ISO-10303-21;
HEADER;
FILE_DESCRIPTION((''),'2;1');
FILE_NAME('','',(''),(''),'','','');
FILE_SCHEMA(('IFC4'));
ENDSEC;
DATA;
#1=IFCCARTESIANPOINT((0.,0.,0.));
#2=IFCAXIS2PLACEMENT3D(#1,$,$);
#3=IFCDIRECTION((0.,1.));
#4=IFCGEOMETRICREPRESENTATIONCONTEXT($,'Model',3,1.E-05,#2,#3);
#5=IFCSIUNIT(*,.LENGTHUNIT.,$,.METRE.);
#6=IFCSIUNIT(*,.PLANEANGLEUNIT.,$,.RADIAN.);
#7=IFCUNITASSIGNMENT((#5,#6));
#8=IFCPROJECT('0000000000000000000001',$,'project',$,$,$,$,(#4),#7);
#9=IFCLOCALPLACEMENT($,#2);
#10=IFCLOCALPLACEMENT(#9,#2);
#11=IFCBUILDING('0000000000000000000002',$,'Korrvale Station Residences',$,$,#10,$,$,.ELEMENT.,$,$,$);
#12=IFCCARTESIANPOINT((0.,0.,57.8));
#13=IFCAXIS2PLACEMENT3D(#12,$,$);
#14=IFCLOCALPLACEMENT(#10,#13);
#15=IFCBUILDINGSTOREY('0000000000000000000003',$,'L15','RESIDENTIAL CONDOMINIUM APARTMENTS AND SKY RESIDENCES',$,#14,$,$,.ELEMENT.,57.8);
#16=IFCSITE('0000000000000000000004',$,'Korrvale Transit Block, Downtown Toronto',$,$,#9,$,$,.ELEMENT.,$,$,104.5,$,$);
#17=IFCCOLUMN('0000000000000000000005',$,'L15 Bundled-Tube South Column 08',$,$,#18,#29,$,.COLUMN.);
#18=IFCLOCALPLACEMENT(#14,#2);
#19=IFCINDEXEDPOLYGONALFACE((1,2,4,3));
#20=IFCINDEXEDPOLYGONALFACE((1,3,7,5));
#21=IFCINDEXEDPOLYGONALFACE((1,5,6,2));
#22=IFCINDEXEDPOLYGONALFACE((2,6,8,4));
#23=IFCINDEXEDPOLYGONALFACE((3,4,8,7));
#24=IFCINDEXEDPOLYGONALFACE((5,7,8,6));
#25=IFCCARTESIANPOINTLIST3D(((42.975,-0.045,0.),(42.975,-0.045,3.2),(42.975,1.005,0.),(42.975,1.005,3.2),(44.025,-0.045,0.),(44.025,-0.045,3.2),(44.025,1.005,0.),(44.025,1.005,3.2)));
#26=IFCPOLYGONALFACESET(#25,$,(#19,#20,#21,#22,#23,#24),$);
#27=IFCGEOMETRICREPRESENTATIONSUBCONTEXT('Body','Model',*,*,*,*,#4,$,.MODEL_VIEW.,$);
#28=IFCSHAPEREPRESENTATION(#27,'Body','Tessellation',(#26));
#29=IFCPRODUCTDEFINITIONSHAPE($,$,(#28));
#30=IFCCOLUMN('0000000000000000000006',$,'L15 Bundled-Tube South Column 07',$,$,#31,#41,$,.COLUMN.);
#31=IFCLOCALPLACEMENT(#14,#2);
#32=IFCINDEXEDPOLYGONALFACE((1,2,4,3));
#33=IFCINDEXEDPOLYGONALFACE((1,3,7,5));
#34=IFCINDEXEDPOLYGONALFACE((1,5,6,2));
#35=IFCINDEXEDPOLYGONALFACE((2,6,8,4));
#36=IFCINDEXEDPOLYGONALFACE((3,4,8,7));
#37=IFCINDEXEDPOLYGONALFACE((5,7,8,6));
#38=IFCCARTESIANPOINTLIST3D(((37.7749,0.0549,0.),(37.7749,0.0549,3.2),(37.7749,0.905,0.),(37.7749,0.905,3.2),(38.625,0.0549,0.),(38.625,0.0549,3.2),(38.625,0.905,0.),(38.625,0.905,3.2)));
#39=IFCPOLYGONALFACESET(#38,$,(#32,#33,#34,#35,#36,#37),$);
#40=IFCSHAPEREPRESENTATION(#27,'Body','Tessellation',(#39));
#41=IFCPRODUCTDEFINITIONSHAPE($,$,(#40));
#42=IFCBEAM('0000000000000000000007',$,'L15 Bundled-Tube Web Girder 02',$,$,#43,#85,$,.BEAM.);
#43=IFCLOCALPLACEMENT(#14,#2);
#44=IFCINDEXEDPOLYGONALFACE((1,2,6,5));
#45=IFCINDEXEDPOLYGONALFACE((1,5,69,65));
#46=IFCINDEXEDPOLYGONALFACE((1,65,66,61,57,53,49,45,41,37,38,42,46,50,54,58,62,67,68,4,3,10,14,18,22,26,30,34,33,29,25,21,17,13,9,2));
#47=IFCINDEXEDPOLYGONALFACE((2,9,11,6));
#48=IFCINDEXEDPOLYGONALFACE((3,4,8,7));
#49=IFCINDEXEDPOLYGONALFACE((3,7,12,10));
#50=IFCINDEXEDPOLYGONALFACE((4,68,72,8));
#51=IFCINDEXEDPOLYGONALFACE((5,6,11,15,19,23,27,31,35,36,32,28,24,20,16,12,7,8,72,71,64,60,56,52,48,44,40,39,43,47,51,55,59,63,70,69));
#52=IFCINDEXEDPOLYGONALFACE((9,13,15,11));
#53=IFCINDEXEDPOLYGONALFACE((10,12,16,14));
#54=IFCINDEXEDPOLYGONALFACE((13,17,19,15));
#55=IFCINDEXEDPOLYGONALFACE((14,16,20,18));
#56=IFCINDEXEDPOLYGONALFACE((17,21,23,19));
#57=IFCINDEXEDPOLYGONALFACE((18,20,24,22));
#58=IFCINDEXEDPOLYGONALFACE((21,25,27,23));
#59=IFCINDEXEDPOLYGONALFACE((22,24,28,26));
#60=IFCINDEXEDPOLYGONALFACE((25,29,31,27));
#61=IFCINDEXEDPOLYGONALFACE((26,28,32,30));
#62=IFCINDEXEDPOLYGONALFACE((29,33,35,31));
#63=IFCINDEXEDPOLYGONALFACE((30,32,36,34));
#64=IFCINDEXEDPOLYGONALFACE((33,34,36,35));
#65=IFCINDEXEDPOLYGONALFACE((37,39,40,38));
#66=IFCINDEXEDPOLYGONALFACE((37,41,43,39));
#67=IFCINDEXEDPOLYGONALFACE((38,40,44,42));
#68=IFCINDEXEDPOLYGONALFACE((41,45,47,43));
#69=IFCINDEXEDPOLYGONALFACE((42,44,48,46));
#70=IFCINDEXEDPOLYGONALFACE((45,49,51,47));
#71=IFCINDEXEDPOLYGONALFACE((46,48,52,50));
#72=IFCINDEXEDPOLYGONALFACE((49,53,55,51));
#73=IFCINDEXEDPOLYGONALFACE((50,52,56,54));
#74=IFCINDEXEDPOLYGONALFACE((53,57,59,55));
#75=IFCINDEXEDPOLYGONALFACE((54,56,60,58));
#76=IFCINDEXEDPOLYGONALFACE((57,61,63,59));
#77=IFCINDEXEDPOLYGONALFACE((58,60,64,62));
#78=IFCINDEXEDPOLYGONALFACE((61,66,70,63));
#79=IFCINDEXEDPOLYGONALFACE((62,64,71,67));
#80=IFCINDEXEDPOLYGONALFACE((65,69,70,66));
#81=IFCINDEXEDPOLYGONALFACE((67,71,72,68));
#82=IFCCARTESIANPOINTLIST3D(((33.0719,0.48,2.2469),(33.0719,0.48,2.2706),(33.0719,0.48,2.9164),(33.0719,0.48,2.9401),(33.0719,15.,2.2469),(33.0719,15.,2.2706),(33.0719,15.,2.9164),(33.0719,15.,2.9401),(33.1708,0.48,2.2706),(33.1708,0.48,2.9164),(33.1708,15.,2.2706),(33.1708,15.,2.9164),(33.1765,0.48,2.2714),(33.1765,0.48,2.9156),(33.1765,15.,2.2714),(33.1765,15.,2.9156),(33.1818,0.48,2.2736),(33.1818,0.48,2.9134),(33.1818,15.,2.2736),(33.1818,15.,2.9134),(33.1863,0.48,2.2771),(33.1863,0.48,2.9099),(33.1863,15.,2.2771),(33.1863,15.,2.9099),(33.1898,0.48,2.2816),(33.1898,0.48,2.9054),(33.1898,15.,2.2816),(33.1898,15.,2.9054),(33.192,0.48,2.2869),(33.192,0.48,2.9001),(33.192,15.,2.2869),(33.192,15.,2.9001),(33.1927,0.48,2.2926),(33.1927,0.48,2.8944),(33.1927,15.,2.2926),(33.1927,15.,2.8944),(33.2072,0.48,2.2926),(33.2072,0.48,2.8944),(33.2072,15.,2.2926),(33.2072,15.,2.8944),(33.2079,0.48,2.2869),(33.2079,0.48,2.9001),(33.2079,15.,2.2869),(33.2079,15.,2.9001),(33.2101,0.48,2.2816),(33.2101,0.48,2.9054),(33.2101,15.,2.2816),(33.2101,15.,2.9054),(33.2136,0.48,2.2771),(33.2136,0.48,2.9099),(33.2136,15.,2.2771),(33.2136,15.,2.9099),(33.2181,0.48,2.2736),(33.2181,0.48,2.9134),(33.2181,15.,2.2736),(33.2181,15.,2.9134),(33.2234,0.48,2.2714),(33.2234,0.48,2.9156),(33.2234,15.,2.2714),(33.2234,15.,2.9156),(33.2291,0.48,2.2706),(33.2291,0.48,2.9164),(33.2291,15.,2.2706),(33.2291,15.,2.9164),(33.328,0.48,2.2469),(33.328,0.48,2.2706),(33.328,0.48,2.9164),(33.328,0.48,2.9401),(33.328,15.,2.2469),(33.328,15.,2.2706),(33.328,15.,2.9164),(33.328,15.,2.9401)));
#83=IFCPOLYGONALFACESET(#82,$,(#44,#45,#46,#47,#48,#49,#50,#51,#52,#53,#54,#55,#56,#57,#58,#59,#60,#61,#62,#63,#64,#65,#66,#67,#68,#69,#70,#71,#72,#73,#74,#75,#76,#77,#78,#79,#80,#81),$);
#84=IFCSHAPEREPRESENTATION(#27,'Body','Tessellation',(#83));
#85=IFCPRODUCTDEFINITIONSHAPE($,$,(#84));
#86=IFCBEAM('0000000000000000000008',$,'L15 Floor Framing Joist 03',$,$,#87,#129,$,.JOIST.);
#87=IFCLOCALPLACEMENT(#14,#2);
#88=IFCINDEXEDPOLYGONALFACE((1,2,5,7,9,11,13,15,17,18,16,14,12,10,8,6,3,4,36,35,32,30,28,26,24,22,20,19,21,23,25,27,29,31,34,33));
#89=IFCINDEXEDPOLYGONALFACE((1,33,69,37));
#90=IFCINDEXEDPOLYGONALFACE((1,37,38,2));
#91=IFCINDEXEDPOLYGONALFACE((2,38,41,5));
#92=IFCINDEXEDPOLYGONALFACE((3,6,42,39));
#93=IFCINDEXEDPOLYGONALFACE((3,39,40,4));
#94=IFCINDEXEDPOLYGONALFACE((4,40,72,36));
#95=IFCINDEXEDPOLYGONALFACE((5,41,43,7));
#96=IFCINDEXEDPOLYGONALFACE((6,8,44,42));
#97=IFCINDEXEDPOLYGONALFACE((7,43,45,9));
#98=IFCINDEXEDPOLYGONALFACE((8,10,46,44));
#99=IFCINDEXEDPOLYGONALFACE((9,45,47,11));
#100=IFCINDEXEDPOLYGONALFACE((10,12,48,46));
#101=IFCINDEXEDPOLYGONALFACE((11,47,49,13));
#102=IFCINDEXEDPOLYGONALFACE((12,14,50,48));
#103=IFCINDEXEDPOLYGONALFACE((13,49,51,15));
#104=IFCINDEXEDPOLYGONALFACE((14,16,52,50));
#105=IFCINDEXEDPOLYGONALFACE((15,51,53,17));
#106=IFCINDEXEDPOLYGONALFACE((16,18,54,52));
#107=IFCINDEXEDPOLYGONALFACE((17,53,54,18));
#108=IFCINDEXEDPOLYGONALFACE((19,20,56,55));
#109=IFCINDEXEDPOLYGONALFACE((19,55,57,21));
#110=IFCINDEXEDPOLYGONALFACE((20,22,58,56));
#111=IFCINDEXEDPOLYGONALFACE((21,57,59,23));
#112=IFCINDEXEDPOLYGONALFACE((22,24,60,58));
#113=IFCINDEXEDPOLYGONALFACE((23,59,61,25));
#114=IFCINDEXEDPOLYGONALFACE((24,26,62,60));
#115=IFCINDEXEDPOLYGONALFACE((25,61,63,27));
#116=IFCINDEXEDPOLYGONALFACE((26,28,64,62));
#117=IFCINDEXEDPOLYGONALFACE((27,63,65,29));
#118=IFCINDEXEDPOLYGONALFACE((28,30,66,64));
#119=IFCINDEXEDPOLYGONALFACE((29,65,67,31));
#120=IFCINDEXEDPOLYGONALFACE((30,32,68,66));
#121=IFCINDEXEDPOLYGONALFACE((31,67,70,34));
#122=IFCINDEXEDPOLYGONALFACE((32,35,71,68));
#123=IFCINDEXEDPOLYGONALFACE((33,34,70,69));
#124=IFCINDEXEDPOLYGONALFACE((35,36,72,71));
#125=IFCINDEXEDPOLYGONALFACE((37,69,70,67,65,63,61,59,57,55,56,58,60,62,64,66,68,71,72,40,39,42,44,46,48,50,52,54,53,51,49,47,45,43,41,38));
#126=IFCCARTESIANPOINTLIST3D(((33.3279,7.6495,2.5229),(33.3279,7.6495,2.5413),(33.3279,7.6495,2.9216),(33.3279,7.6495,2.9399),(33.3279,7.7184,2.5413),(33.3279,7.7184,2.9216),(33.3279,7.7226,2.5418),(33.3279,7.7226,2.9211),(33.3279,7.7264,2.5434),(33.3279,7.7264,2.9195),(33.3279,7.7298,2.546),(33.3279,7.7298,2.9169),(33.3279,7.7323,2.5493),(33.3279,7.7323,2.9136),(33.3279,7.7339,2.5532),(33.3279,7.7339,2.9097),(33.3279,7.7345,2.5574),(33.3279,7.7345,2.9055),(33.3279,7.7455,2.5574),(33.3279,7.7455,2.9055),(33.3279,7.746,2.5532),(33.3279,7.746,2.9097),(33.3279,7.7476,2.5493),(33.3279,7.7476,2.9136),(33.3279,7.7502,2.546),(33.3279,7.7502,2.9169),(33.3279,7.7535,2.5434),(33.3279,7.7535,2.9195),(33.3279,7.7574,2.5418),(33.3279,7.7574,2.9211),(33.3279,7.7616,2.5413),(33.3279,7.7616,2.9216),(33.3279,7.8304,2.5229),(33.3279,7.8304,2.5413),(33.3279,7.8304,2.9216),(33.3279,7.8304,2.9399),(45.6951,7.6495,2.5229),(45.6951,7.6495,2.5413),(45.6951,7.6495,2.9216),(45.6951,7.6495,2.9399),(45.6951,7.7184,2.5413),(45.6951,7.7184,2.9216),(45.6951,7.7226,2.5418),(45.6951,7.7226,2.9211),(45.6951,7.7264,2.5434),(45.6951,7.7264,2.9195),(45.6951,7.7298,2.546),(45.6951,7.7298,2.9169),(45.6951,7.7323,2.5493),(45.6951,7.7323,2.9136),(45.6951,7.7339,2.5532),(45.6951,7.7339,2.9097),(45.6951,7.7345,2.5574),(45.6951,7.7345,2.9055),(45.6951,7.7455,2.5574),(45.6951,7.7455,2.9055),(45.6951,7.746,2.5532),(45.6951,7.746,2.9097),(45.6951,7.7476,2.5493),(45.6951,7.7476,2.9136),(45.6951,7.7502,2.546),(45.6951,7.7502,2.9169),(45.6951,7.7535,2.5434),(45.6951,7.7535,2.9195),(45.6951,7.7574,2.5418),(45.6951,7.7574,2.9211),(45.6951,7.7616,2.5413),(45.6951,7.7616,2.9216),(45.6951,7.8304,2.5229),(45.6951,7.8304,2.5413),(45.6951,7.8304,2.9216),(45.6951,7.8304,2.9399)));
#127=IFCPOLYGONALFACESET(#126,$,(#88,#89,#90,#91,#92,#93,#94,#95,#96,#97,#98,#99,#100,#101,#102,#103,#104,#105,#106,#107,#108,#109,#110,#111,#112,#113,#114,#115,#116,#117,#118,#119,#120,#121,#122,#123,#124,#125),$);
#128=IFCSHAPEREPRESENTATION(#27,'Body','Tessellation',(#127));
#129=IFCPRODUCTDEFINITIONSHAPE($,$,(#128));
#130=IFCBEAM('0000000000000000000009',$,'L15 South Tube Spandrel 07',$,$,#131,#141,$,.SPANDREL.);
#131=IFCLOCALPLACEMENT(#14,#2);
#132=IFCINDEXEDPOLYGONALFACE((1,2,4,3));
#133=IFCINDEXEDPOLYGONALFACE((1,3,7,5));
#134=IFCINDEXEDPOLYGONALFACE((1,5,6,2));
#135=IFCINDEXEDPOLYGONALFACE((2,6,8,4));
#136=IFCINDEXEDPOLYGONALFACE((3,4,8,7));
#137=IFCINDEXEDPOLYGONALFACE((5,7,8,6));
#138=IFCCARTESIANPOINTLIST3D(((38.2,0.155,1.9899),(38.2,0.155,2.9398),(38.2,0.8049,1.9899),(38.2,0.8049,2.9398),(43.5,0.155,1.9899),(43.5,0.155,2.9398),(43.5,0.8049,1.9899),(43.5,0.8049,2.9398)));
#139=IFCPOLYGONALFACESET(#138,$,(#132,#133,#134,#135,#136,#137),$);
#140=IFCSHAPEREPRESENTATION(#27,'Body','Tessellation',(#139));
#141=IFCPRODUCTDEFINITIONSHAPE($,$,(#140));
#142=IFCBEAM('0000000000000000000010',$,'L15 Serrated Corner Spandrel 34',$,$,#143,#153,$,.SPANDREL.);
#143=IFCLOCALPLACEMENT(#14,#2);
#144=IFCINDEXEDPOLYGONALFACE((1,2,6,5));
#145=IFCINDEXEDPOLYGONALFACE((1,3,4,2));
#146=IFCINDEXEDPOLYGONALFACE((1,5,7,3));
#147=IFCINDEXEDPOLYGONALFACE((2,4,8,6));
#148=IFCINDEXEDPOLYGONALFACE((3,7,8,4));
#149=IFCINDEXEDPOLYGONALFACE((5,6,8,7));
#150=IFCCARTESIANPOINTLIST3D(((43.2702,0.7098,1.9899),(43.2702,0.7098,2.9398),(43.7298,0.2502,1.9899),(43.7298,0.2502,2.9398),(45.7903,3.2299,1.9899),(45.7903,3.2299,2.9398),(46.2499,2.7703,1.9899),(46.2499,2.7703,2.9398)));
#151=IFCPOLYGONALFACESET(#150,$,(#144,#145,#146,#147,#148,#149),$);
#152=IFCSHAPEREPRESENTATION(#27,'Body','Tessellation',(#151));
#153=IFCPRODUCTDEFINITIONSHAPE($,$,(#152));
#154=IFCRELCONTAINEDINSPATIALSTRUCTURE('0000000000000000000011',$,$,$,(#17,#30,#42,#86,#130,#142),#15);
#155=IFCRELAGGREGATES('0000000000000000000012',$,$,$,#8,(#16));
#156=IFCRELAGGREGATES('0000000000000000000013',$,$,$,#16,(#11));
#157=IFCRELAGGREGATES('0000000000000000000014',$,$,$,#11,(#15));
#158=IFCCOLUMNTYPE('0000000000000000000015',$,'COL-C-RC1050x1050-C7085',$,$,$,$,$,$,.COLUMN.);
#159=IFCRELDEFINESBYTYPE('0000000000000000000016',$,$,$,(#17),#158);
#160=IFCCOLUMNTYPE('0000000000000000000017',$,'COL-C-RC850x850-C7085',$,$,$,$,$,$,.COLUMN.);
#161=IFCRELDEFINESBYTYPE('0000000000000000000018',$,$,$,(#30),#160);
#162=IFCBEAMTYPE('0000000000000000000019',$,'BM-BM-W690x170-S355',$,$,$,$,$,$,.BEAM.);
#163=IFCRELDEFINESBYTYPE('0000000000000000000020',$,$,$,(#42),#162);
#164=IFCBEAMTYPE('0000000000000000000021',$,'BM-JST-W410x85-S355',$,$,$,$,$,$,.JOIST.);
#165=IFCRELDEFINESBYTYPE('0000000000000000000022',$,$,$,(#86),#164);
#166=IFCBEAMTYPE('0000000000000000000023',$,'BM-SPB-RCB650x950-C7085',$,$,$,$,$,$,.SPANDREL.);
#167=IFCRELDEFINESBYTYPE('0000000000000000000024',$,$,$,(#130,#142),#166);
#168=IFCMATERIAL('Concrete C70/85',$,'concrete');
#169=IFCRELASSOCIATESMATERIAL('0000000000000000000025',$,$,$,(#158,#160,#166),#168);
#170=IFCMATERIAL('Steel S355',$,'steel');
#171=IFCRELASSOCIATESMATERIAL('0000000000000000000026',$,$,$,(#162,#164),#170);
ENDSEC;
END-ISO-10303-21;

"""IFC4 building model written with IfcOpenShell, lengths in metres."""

from ifc_helpers import new_model, si_unit, direction, frame, origin, origin_2d, place, context, subcontext, project, spatial, rectangle, i_section, extrude, material, material_profile, profile_set, type_object, element, save


model = new_model("IFC4")

# Units and contexts
model_context = context("Model", 3, precision=1e-05, world=origin(), true_north=direction((0.0, 1.0)))
body_context = subcontext(model_context, "Body", "Model", "MODEL_VIEW")
ifc_project = project(units=[si_unit("LENGTHUNIT", "METRE"), si_unit("PLANEANGLEUNIT", "RADIAN")], contexts=[model_context])

# Site, building, storey
site_placement = place(None, origin())
site = spatial("IfcSite", under=ifc_project, at=site_placement, Name="Korrvale Transit Block, Downtown Toronto", CompositionType="ELEMENT", RefElevation=104.5)
building_placement = place(site_placement, origin())
building = spatial("IfcBuilding", under=site, at=building_placement, Name="Korrvale Station Residences", CompositionType="ELEMENT")
storey_placement = place(building_placement, frame((0.0, 0.0, 57.8)))
storey = spatial("IfcBuildingStorey", under=building, at=storey_placement, Name="L15", Description="RESIDENTIAL CONDOMINIUM APARTMENTS AND SKY RESIDENCES", CompositionType="ELEMENT", Elevation=57.8)

# Columns
ifc_material_1 = material(Name="Concrete C70/85", Category="concrete")
ifc_material_profile_1 = material_profile(ifc_material_1, rectangle(XDim=1.05, YDim=1.05, at=origin_2d()), Name="RC1050x1050")
ifc_profile_set_1 = profile_set([ifc_material_profile_1], Name="Concrete C70/85")
column_type_1 = type_object("IfcColumnType", Name="COL-C-RC1050x1050-C7085", PredefinedType="COLUMN", material=ifc_profile_set_1)
column_1_placement = place(storey_placement, frame((43.5, 0.48, 0.0), z_axis=(0.0, 0.0, 1.0), x_axis=(1.0, 0.0, 0.0)))
element("IfcColumn", 1, at=column_1_placement, inside=storey, type_object=column_type_1, Name="L15 Bundled-Tube South Column 08", PredefinedType="COLUMN", context=body_context, shape_type="SweptSolid", body=[
    extrude(rectangle(XDim=1.05, YDim=1.05, at=origin_2d()), origin(), (0.0, 0.0, 1.0), 3.2),
])
ifc_material_profile_2 = material_profile(ifc_material_1, rectangle(XDim=0.8501, YDim=0.8501, at=origin_2d()), Name="RC850x850")
ifc_profile_set_2 = profile_set([ifc_material_profile_2], Name="Concrete C70/85")
column_type_2 = type_object("IfcColumnType", Name="COL-C-RC850x850-C7085", PredefinedType="COLUMN", material=ifc_profile_set_2)
column_2_placement = place(storey_placement, frame((38.2, 0.48, 0.0), z_axis=(0.0, 0.0, 1.0), x_axis=(1.0, 0.0, 0.0)))
element("IfcColumn", 2, at=column_2_placement, inside=storey, type_object=column_type_2, Name="L15 Bundled-Tube South Column 07", PredefinedType="COLUMN", context=body_context, shape_type="SweptSolid", body=[
    extrude(rectangle(XDim=0.8501, YDim=0.8501, at=origin_2d()), origin(), (0.0, 0.0, 1.0), 3.2),
])

# Beams
ifc_material_2 = material(Name="Steel S355", Category="steel")
ifc_material_profile_3 = material_profile(ifc_material_2, i_section(OverallWidth=0.2561, OverallDepth=0.6931, WebThickness=0.0144, FlangeThickness=0.0237, FilletRadius=0.022, at=origin_2d()), Name="W690x170")
ifc_profile_set_3 = profile_set([ifc_material_profile_3], Name="Steel S355")
beam_type_1 = type_object("IfcBeamType", Name="BM-BM-W690x170-S355", PredefinedType="BEAM", material=ifc_profile_set_3)
beam_1_placement = place(storey_placement, frame((33.2, 0.48, 2.5935), z_axis=(0.0, 1.0, 0.0), x_axis=(-1.0, 0.0, 0.0)))
element("IfcBeam", 3, at=beam_1_placement, inside=storey, type_object=beam_type_1, Name="L15 Bundled-Tube Web Girder 02", PredefinedType="BEAM", context=body_context, shape_type="SweptSolid", body=[
    extrude(i_section(OverallWidth=0.2561, OverallDepth=0.6931, WebThickness=0.0144, FlangeThickness=0.0237, FilletRadius=0.022, at=origin_2d()), origin(), (0.0, 0.0, 1.0), 14.52),
])
ifc_material_profile_4 = material_profile(ifc_material_2, i_section(OverallWidth=0.1809, OverallDepth=0.417, WebThickness=0.011, FlangeThickness=0.0183, FilletRadius=0.0161, at=origin_2d()), Name="W410x85")
ifc_profile_set_4 = profile_set([ifc_material_profile_4], Name="Steel S355")
beam_type_2 = type_object("IfcBeamType", Name="BM-JST-W410x85-S355", PredefinedType="JOIST", material=ifc_profile_set_4)
beam_2_placement = place(storey_placement, frame((33.3279, 7.74, 2.7314), z_axis=(1.0, 0.0, 0.0), x_axis=(0.0, 1.0, 0.0)))
element("IfcBeam", 4, at=beam_2_placement, inside=storey, type_object=beam_type_2, Name="L15 Floor Framing Joist 03", PredefinedType="JOIST", context=body_context, shape_type="SweptSolid", body=[
    extrude(i_section(OverallWidth=0.1809, OverallDepth=0.417, WebThickness=0.011, FlangeThickness=0.0183, FilletRadius=0.0161, at=origin_2d()), origin(), (0.0, 0.0, 1.0), 12.3672),
])
ifc_material_profile_5 = material_profile(ifc_material_1, rectangle(XDim=0.6499, YDim=0.95, at=origin_2d()), Name="RCB650x950")
ifc_profile_set_5 = profile_set([ifc_material_profile_5], Name="Concrete C70/85")
beam_type_3 = type_object("IfcBeamType", Name="BM-SPB-RCB650x950-C7085", PredefinedType="SPANDREL", material=ifc_profile_set_5)
beam_3_placement = place(storey_placement, frame((38.2, 0.48, 2.4648), z_axis=(1.0, 0.0, 0.0), x_axis=(0.0, 1.0, 0.0)))
element("IfcBeam", 5, at=beam_3_placement, inside=storey, type_object=beam_type_3, Name="L15 South Tube Spandrel 07", PredefinedType="SPANDREL", context=body_context, shape_type="SweptSolid", body=[
    extrude(rectangle(XDim=0.6499, YDim=0.95, at=origin_2d()), origin(), (0.0, 0.0, 1.0), 5.3),
])
beam_4_placement = place(storey_placement, frame((43.5, 0.48, 2.4648), z_axis=(0.707107, 0.707107, 0.0), x_axis=(-0.707107, 0.707107, 0.0)))
element("IfcBeam", 6, at=beam_4_placement, inside=storey, type_object=beam_type_3, Name="L15 Serrated Corner Spandrel 34", PredefinedType="SPANDREL", context=body_context, shape_type="SweptSolid", body=[
    extrude(rectangle(XDim=0.6499, YDim=0.95, at=origin_2d()), origin(), (0.0, 0.0, 1.0), 3.564),
])

save(model, "model.ifc")
